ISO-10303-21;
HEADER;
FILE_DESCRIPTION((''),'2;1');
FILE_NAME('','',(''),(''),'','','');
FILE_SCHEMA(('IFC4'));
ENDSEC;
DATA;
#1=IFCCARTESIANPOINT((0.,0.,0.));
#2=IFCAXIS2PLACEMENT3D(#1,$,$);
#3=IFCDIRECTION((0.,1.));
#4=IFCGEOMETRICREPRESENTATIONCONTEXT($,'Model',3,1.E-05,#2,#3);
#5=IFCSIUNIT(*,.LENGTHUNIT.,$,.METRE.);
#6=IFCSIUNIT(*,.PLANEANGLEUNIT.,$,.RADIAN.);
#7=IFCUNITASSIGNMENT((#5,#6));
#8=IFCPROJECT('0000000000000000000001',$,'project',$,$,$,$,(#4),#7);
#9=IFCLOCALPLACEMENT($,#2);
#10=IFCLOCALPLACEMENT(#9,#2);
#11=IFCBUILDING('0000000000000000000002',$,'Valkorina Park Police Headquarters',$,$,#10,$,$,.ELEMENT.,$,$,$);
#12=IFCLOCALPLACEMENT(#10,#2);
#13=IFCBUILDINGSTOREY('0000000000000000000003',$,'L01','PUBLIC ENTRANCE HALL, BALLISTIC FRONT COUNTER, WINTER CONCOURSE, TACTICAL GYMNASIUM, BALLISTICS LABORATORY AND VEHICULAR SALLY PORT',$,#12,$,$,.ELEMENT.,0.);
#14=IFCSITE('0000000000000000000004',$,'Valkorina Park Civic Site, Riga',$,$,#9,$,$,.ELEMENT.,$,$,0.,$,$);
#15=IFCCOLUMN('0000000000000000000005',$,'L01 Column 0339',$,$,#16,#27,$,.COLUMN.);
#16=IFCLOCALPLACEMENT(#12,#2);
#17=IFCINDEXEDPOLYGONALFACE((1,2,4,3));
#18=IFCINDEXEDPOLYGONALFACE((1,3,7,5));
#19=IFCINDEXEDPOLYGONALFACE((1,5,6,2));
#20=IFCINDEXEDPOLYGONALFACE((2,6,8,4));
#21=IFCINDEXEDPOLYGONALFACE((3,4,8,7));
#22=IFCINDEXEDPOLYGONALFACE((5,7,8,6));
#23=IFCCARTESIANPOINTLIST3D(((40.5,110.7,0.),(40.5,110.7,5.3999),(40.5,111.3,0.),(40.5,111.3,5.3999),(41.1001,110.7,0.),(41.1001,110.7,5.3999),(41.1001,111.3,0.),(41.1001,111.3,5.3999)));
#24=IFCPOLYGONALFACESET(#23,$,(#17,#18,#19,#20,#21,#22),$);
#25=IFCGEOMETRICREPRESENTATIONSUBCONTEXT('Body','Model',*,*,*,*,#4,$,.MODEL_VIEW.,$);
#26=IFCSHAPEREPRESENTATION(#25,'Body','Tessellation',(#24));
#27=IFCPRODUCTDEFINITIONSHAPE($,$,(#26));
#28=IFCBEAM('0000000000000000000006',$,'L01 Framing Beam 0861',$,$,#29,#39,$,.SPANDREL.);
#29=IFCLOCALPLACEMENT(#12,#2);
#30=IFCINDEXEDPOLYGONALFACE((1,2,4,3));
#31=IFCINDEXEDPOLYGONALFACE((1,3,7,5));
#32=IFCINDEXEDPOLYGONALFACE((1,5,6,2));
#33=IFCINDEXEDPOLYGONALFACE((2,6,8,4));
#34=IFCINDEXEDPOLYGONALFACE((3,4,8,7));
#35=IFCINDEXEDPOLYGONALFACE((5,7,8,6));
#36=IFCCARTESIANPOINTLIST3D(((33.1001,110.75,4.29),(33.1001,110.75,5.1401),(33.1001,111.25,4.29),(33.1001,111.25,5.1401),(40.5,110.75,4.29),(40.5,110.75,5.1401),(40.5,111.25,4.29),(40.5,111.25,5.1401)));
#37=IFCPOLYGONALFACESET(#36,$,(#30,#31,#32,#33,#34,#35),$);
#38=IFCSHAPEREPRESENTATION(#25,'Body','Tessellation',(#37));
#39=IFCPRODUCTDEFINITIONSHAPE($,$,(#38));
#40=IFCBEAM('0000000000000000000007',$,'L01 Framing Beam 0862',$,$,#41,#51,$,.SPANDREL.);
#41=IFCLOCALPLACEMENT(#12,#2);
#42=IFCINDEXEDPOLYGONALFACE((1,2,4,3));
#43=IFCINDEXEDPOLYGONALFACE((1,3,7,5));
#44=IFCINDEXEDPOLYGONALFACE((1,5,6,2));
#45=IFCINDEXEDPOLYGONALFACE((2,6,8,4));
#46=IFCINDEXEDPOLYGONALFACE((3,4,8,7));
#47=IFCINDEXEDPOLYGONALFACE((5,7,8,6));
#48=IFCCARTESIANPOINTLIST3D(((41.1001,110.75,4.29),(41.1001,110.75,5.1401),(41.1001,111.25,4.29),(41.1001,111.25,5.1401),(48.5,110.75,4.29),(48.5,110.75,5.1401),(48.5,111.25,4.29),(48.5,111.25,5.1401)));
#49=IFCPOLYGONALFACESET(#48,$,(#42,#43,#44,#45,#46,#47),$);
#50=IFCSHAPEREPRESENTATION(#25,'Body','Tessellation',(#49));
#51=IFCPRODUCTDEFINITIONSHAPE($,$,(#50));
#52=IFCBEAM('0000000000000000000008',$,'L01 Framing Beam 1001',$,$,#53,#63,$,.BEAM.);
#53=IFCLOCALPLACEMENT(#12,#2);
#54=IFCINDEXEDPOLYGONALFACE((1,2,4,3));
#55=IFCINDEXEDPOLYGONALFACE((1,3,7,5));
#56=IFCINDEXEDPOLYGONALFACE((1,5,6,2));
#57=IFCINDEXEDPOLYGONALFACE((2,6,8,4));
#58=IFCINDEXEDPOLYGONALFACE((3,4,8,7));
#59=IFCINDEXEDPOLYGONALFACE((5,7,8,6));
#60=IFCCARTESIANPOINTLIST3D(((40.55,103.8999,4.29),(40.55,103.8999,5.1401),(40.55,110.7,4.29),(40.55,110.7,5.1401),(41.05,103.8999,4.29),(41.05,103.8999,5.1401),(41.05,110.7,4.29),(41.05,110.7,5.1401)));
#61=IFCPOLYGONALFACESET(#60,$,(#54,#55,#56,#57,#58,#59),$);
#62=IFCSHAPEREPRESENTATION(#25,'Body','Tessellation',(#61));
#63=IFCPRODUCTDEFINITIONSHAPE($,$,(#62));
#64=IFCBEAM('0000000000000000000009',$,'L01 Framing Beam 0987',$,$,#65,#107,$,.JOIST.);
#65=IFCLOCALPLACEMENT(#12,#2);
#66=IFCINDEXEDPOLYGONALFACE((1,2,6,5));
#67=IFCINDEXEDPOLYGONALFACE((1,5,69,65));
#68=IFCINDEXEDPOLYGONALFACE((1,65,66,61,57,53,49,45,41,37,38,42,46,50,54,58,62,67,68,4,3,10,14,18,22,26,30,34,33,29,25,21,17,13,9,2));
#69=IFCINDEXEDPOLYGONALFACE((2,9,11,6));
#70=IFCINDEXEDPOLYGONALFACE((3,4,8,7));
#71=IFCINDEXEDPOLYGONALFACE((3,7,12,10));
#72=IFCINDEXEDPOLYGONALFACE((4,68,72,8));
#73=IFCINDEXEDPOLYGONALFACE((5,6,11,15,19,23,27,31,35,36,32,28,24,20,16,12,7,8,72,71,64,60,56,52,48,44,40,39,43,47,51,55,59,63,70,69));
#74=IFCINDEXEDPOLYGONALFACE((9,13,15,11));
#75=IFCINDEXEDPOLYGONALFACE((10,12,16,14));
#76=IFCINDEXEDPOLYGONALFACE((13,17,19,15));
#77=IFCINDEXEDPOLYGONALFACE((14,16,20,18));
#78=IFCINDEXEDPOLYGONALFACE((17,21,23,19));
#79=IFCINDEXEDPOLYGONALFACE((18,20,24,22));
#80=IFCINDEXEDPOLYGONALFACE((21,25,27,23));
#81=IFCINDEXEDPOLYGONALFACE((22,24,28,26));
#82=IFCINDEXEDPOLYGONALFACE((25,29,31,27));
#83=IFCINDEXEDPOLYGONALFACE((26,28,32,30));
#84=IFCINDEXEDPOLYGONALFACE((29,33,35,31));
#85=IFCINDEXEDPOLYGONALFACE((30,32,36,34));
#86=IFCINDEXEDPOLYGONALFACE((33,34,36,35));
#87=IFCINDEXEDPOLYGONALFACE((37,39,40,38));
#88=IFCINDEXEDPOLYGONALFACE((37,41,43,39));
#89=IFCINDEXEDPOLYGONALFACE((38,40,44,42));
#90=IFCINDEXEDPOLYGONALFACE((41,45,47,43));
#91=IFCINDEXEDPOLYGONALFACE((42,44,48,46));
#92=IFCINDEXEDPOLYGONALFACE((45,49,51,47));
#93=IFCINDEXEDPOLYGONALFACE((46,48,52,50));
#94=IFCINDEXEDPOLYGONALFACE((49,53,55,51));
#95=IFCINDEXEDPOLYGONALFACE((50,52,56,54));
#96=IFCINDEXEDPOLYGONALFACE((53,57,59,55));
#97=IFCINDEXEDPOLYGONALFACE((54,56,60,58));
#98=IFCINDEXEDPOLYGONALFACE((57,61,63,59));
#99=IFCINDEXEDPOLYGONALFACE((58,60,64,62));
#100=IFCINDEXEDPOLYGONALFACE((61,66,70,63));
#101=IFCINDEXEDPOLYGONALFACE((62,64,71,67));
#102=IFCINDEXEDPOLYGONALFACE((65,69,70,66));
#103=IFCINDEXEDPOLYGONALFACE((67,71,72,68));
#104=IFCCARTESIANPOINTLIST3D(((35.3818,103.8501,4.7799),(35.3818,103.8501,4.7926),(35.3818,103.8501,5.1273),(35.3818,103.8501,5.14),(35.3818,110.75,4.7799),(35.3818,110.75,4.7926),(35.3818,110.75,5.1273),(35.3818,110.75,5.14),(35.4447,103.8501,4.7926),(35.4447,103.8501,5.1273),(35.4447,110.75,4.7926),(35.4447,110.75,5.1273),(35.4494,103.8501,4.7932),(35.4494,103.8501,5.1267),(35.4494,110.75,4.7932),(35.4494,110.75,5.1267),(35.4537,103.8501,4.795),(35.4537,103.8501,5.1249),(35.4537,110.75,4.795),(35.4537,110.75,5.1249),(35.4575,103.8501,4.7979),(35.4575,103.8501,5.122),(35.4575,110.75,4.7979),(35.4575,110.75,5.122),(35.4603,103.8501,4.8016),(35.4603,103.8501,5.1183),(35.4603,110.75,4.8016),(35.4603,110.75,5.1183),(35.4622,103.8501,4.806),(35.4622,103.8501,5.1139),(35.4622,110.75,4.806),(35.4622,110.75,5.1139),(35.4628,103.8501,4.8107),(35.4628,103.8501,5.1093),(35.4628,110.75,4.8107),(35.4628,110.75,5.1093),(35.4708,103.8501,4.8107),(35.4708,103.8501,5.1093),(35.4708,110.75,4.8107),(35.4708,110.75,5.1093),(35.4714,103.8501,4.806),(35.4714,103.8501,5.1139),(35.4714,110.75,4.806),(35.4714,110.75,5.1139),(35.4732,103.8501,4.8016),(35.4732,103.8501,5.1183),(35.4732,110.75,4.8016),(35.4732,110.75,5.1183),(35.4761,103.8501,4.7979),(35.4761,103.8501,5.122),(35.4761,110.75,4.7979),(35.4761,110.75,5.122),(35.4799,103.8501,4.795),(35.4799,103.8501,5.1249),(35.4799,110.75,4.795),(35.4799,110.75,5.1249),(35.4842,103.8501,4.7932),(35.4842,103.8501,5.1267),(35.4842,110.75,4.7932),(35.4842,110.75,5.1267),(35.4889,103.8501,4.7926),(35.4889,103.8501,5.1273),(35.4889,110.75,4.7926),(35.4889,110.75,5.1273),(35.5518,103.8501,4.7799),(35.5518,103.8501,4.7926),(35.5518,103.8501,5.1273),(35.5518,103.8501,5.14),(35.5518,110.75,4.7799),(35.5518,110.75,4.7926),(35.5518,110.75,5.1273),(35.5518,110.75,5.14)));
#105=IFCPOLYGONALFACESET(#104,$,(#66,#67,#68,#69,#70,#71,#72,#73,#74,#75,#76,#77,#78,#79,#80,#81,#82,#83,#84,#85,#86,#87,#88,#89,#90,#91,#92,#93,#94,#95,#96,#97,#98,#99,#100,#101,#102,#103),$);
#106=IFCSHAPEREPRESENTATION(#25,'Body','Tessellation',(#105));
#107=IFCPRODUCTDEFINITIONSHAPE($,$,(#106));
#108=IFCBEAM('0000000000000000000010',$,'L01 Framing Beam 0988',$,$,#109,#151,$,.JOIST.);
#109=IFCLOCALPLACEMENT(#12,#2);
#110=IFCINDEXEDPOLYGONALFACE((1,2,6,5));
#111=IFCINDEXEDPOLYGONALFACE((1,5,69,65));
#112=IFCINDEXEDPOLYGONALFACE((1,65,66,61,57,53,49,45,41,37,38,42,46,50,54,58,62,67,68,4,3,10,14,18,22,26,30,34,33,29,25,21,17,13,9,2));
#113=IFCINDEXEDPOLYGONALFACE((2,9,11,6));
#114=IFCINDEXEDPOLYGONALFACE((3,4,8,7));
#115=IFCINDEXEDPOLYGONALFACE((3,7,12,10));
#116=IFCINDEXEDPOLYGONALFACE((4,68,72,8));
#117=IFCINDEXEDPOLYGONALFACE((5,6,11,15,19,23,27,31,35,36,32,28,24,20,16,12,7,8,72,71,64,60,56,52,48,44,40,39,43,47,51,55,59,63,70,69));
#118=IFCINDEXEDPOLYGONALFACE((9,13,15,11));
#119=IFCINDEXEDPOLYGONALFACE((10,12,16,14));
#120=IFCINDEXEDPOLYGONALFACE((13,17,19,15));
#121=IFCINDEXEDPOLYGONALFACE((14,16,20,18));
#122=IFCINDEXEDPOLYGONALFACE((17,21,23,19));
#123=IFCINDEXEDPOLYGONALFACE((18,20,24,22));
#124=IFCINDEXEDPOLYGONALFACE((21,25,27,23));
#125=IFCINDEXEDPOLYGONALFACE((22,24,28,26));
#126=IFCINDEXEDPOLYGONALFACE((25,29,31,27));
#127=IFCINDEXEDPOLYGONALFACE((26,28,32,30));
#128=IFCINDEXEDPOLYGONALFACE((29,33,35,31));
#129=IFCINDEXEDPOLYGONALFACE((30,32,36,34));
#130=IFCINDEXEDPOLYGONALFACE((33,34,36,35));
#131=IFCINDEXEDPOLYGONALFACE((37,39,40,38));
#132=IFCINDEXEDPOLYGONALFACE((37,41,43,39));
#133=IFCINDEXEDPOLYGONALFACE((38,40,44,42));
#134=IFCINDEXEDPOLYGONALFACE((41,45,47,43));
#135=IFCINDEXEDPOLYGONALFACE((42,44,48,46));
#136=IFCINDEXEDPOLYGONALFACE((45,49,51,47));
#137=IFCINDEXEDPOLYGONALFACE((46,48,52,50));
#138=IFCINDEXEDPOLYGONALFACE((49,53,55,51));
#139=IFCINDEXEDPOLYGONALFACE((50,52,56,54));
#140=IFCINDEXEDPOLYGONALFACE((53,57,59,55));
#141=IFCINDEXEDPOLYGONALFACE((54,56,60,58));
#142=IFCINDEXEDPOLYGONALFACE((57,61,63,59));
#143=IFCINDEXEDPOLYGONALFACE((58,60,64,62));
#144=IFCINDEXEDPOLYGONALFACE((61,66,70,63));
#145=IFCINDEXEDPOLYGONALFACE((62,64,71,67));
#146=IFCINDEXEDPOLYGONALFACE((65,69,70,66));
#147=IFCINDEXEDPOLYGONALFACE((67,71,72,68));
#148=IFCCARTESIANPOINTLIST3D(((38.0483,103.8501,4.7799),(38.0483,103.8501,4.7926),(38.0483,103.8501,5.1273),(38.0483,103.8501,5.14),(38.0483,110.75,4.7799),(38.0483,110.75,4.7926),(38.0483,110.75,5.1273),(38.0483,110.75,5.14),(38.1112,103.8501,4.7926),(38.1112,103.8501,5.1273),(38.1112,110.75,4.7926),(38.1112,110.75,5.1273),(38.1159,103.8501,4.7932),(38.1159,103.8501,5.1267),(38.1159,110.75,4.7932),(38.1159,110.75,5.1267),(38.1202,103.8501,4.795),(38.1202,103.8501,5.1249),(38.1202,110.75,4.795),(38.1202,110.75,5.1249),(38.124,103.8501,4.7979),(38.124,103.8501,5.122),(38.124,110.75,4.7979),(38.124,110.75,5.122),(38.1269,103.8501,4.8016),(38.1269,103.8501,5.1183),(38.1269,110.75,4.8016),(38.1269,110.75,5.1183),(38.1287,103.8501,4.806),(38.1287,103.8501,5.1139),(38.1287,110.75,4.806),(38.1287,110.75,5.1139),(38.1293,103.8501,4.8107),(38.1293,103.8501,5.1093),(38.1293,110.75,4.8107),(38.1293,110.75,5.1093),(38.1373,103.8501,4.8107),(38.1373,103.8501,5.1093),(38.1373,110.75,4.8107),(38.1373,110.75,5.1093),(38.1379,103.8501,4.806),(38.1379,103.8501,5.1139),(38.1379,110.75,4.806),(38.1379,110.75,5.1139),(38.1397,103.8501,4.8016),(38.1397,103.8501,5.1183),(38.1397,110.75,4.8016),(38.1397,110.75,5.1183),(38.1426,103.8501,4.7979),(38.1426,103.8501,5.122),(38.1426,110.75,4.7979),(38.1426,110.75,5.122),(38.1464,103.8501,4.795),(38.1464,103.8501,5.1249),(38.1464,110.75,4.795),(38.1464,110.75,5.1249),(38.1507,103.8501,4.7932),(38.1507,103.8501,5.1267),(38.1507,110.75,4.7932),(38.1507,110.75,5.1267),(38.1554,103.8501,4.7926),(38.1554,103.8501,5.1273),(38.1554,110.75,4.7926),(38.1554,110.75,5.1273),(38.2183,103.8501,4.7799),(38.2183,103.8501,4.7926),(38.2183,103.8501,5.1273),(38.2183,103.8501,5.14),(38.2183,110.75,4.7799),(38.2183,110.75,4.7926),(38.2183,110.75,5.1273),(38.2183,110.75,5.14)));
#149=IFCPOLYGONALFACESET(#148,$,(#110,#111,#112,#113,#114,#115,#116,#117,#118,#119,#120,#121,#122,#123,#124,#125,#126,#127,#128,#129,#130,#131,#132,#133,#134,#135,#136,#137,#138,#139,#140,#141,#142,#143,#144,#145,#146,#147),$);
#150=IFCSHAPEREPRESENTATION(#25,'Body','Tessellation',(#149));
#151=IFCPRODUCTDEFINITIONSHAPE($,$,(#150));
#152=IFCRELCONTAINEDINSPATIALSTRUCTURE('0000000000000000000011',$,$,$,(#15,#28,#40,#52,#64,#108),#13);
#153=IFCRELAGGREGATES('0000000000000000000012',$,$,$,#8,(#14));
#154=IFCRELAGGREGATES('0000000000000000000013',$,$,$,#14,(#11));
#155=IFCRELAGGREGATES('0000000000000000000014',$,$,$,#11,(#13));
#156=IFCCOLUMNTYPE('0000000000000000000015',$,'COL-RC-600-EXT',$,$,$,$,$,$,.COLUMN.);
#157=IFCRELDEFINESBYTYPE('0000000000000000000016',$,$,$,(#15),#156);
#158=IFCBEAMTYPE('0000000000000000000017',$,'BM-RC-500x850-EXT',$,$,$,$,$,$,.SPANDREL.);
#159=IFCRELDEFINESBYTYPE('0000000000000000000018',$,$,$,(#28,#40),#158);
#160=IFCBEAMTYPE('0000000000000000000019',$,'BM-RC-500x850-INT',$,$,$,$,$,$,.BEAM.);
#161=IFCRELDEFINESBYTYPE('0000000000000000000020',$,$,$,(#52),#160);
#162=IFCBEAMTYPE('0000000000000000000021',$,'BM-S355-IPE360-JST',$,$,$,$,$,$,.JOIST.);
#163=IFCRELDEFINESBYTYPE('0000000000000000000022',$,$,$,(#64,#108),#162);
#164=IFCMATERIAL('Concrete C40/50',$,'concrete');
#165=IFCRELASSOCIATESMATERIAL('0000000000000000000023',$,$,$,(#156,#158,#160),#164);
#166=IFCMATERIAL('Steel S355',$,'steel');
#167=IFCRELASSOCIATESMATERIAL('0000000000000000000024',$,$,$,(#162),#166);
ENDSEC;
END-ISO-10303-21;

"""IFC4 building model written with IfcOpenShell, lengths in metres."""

from ifc_helpers import new_model, si_unit, direction, frame, origin, origin_2d, place, context, subcontext, project, spatial, rectangle, i_section, extrude, material, material_profile, profile_set, type_object, element, save


model = new_model("IFC4")

# Units and contexts
model_context = context("Model", 3, precision=1e-05, world=origin(), true_north=direction((0.0, 1.0)))
body_context = subcontext(model_context, "Body", "Model", "MODEL_VIEW")
ifc_project = project(units=[si_unit("LENGTHUNIT", "METRE"), si_unit("PLANEANGLEUNIT", "RADIAN")], contexts=[model_context])

# Site, building, storey
site_placement = place(None, origin())
site = spatial("IfcSite", under=ifc_project, at=site_placement, Name="Valkorina Park Civic Site, Riga", CompositionType="ELEMENT", RefElevation=0.0)
building_placement = place(site_placement, origin())
building = spatial("IfcBuilding", under=site, at=building_placement, Name="Valkorina Park Police Headquarters", CompositionType="ELEMENT")
storey_placement = place(building_placement, origin())
storey = spatial("IfcBuildingStorey", under=building, at=storey_placement, Name="L01", Description="PUBLIC ENTRANCE HALL, BALLISTIC FRONT COUNTER, WINTER CONCOURSE, TACTICAL GYMNASIUM, BALLISTICS LABORATORY AND VEHICULAR SALLY PORT", CompositionType="ELEMENT", Elevation=0.0)

# Column
ifc_material_1 = material(Name="Concrete C40/50", Category="concrete")
ifc_material_profile_1 = material_profile(ifc_material_1, rectangle(XDim=0.6001, YDim=0.6001, at=origin_2d()), Name="RC COL 600x600")
ifc_profile_set_1 = profile_set([ifc_material_profile_1], Name="Concrete C40/50")
column_type = type_object("IfcColumnType", Name="COL-RC-600-EXT", PredefinedType="COLUMN", material=ifc_profile_set_1)
column_placement = place(storey_placement, frame((40.8, 111.0, 0.0), z_axis=(0.0, 0.0, 1.0), x_axis=(1.0, 0.0, 0.0)))
element("IfcColumn", 1, at=column_placement, inside=storey, type_object=column_type, Name="L01 Column 0339", PredefinedType="COLUMN", context=body_context, shape_type="SweptSolid", body=[
    extrude(rectangle(XDim=0.6001, YDim=0.6001, at=origin_2d()), origin(), (0.0, 0.0, 1.0), 5.3999),
])

# Beams
ifc_material_profile_2 = material_profile(ifc_material_1, rectangle(XDim=0.5, YDim=0.8501, at=origin_2d()), Name="RC BEAM 500x850")
ifc_profile_set_2 = profile_set([ifc_material_profile_2], Name="Concrete C40/50")
beam_type_1 = type_object("IfcBeamType", Name="BM-RC-500x850-EXT", PredefinedType="SPANDREL", material=ifc_profile_set_2)
for number, where, z_axis, x_axis, name in (
    (2, (33.1001, 111.0, 4.7151), (1.0, 0.0, 0.0), (0.0, 1.0, 0.0), "L01 Framing Beam 0861"),
    (3, (41.1001, 111.0, 4.7151), (1.0, 0.0, 0.0), (0.0, 1.0, 0.0), "L01 Framing Beam 0862"),
):
    element("IfcBeam", number, at=place(storey_placement, frame(where, z_axis=z_axis, x_axis=x_axis)), inside=storey, type_object=beam_type_1, Name=name, PredefinedType="SPANDREL", context=body_context, shape_type="SweptSolid", body=[
        extrude(rectangle(XDim=0.5, YDim=0.8501, at=origin_2d()), origin(), (0.0, 0.0, 1.0), 7.3999),
    ])
ifc_material_profile_3 = material_profile(ifc_material_1, rectangle(XDim=0.5, YDim=0.8501, at=origin_2d()), Name="RC BEAM 500x850")
ifc_profile_set_3 = profile_set([ifc_material_profile_3], Name="Concrete C40/50")
beam_type_2 = type_object("IfcBeamType", Name="BM-RC-500x850-INT", PredefinedType="BEAM", material=ifc_profile_set_3)
beam_placement = place(storey_placement, frame((40.8, 103.8999, 4.7151), z_axis=(0.0, 1.0, 0.0), x_axis=(-1.0, 0.0, 0.0)))
element("IfcBeam", 4, at=beam_placement, inside=storey, type_object=beam_type_2, Name="L01 Framing Beam 1001", PredefinedType="BEAM", context=body_context, shape_type="SweptSolid", body=[
    extrude(rectangle(XDim=0.5, YDim=0.8501, at=origin_2d()), origin(), (0.0, 0.0, 1.0), 6.8),
])
ifc_material_2 = material(Name="Steel S355", Category="steel")
ifc_material_profile_4 = material_profile(ifc_material_2, i_section(OverallWidth=0.1699, OverallDepth=0.3601, WebThickness=0.0081, FlangeThickness=0.0127, FilletRadius=0.0181, at=origin_2d()), Name="IPE 360")
ifc_profile_set_4 = profile_set([ifc_material_profile_4], Name="Steel S355")
beam_type_3 = type_object("IfcBeamType", Name="BM-S355-IPE360-JST", PredefinedType="JOIST", material=ifc_profile_set_4)
for number, where, z_axis, x_axis, name in (
    (5, (35.4668, 103.8501, 4.96), (0.0, 1.0, 0.0), (-1.0, 0.0, 0.0), "L01 Framing Beam 0987"),
    (6, (38.1333, 103.8501, 4.96), (0.0, 1.0, 0.0), (-1.0, 0.0, 0.0), "L01 Framing Beam 0988"),
):
    element("IfcBeam", number, at=place(storey_placement, frame(where, z_axis=z_axis, x_axis=x_axis)), inside=storey, type_object=beam_type_3, Name=name, PredefinedType="JOIST", context=body_context, shape_type="SweptSolid", body=[
        extrude(i_section(OverallWidth=0.1699, OverallDepth=0.3601, WebThickness=0.0081, FlangeThickness=0.0127, FilletRadius=0.0181, at=origin_2d()), origin(), (0.0, 0.0, 1.0), 6.8999),
    ])

save(model, "model.ifc")
